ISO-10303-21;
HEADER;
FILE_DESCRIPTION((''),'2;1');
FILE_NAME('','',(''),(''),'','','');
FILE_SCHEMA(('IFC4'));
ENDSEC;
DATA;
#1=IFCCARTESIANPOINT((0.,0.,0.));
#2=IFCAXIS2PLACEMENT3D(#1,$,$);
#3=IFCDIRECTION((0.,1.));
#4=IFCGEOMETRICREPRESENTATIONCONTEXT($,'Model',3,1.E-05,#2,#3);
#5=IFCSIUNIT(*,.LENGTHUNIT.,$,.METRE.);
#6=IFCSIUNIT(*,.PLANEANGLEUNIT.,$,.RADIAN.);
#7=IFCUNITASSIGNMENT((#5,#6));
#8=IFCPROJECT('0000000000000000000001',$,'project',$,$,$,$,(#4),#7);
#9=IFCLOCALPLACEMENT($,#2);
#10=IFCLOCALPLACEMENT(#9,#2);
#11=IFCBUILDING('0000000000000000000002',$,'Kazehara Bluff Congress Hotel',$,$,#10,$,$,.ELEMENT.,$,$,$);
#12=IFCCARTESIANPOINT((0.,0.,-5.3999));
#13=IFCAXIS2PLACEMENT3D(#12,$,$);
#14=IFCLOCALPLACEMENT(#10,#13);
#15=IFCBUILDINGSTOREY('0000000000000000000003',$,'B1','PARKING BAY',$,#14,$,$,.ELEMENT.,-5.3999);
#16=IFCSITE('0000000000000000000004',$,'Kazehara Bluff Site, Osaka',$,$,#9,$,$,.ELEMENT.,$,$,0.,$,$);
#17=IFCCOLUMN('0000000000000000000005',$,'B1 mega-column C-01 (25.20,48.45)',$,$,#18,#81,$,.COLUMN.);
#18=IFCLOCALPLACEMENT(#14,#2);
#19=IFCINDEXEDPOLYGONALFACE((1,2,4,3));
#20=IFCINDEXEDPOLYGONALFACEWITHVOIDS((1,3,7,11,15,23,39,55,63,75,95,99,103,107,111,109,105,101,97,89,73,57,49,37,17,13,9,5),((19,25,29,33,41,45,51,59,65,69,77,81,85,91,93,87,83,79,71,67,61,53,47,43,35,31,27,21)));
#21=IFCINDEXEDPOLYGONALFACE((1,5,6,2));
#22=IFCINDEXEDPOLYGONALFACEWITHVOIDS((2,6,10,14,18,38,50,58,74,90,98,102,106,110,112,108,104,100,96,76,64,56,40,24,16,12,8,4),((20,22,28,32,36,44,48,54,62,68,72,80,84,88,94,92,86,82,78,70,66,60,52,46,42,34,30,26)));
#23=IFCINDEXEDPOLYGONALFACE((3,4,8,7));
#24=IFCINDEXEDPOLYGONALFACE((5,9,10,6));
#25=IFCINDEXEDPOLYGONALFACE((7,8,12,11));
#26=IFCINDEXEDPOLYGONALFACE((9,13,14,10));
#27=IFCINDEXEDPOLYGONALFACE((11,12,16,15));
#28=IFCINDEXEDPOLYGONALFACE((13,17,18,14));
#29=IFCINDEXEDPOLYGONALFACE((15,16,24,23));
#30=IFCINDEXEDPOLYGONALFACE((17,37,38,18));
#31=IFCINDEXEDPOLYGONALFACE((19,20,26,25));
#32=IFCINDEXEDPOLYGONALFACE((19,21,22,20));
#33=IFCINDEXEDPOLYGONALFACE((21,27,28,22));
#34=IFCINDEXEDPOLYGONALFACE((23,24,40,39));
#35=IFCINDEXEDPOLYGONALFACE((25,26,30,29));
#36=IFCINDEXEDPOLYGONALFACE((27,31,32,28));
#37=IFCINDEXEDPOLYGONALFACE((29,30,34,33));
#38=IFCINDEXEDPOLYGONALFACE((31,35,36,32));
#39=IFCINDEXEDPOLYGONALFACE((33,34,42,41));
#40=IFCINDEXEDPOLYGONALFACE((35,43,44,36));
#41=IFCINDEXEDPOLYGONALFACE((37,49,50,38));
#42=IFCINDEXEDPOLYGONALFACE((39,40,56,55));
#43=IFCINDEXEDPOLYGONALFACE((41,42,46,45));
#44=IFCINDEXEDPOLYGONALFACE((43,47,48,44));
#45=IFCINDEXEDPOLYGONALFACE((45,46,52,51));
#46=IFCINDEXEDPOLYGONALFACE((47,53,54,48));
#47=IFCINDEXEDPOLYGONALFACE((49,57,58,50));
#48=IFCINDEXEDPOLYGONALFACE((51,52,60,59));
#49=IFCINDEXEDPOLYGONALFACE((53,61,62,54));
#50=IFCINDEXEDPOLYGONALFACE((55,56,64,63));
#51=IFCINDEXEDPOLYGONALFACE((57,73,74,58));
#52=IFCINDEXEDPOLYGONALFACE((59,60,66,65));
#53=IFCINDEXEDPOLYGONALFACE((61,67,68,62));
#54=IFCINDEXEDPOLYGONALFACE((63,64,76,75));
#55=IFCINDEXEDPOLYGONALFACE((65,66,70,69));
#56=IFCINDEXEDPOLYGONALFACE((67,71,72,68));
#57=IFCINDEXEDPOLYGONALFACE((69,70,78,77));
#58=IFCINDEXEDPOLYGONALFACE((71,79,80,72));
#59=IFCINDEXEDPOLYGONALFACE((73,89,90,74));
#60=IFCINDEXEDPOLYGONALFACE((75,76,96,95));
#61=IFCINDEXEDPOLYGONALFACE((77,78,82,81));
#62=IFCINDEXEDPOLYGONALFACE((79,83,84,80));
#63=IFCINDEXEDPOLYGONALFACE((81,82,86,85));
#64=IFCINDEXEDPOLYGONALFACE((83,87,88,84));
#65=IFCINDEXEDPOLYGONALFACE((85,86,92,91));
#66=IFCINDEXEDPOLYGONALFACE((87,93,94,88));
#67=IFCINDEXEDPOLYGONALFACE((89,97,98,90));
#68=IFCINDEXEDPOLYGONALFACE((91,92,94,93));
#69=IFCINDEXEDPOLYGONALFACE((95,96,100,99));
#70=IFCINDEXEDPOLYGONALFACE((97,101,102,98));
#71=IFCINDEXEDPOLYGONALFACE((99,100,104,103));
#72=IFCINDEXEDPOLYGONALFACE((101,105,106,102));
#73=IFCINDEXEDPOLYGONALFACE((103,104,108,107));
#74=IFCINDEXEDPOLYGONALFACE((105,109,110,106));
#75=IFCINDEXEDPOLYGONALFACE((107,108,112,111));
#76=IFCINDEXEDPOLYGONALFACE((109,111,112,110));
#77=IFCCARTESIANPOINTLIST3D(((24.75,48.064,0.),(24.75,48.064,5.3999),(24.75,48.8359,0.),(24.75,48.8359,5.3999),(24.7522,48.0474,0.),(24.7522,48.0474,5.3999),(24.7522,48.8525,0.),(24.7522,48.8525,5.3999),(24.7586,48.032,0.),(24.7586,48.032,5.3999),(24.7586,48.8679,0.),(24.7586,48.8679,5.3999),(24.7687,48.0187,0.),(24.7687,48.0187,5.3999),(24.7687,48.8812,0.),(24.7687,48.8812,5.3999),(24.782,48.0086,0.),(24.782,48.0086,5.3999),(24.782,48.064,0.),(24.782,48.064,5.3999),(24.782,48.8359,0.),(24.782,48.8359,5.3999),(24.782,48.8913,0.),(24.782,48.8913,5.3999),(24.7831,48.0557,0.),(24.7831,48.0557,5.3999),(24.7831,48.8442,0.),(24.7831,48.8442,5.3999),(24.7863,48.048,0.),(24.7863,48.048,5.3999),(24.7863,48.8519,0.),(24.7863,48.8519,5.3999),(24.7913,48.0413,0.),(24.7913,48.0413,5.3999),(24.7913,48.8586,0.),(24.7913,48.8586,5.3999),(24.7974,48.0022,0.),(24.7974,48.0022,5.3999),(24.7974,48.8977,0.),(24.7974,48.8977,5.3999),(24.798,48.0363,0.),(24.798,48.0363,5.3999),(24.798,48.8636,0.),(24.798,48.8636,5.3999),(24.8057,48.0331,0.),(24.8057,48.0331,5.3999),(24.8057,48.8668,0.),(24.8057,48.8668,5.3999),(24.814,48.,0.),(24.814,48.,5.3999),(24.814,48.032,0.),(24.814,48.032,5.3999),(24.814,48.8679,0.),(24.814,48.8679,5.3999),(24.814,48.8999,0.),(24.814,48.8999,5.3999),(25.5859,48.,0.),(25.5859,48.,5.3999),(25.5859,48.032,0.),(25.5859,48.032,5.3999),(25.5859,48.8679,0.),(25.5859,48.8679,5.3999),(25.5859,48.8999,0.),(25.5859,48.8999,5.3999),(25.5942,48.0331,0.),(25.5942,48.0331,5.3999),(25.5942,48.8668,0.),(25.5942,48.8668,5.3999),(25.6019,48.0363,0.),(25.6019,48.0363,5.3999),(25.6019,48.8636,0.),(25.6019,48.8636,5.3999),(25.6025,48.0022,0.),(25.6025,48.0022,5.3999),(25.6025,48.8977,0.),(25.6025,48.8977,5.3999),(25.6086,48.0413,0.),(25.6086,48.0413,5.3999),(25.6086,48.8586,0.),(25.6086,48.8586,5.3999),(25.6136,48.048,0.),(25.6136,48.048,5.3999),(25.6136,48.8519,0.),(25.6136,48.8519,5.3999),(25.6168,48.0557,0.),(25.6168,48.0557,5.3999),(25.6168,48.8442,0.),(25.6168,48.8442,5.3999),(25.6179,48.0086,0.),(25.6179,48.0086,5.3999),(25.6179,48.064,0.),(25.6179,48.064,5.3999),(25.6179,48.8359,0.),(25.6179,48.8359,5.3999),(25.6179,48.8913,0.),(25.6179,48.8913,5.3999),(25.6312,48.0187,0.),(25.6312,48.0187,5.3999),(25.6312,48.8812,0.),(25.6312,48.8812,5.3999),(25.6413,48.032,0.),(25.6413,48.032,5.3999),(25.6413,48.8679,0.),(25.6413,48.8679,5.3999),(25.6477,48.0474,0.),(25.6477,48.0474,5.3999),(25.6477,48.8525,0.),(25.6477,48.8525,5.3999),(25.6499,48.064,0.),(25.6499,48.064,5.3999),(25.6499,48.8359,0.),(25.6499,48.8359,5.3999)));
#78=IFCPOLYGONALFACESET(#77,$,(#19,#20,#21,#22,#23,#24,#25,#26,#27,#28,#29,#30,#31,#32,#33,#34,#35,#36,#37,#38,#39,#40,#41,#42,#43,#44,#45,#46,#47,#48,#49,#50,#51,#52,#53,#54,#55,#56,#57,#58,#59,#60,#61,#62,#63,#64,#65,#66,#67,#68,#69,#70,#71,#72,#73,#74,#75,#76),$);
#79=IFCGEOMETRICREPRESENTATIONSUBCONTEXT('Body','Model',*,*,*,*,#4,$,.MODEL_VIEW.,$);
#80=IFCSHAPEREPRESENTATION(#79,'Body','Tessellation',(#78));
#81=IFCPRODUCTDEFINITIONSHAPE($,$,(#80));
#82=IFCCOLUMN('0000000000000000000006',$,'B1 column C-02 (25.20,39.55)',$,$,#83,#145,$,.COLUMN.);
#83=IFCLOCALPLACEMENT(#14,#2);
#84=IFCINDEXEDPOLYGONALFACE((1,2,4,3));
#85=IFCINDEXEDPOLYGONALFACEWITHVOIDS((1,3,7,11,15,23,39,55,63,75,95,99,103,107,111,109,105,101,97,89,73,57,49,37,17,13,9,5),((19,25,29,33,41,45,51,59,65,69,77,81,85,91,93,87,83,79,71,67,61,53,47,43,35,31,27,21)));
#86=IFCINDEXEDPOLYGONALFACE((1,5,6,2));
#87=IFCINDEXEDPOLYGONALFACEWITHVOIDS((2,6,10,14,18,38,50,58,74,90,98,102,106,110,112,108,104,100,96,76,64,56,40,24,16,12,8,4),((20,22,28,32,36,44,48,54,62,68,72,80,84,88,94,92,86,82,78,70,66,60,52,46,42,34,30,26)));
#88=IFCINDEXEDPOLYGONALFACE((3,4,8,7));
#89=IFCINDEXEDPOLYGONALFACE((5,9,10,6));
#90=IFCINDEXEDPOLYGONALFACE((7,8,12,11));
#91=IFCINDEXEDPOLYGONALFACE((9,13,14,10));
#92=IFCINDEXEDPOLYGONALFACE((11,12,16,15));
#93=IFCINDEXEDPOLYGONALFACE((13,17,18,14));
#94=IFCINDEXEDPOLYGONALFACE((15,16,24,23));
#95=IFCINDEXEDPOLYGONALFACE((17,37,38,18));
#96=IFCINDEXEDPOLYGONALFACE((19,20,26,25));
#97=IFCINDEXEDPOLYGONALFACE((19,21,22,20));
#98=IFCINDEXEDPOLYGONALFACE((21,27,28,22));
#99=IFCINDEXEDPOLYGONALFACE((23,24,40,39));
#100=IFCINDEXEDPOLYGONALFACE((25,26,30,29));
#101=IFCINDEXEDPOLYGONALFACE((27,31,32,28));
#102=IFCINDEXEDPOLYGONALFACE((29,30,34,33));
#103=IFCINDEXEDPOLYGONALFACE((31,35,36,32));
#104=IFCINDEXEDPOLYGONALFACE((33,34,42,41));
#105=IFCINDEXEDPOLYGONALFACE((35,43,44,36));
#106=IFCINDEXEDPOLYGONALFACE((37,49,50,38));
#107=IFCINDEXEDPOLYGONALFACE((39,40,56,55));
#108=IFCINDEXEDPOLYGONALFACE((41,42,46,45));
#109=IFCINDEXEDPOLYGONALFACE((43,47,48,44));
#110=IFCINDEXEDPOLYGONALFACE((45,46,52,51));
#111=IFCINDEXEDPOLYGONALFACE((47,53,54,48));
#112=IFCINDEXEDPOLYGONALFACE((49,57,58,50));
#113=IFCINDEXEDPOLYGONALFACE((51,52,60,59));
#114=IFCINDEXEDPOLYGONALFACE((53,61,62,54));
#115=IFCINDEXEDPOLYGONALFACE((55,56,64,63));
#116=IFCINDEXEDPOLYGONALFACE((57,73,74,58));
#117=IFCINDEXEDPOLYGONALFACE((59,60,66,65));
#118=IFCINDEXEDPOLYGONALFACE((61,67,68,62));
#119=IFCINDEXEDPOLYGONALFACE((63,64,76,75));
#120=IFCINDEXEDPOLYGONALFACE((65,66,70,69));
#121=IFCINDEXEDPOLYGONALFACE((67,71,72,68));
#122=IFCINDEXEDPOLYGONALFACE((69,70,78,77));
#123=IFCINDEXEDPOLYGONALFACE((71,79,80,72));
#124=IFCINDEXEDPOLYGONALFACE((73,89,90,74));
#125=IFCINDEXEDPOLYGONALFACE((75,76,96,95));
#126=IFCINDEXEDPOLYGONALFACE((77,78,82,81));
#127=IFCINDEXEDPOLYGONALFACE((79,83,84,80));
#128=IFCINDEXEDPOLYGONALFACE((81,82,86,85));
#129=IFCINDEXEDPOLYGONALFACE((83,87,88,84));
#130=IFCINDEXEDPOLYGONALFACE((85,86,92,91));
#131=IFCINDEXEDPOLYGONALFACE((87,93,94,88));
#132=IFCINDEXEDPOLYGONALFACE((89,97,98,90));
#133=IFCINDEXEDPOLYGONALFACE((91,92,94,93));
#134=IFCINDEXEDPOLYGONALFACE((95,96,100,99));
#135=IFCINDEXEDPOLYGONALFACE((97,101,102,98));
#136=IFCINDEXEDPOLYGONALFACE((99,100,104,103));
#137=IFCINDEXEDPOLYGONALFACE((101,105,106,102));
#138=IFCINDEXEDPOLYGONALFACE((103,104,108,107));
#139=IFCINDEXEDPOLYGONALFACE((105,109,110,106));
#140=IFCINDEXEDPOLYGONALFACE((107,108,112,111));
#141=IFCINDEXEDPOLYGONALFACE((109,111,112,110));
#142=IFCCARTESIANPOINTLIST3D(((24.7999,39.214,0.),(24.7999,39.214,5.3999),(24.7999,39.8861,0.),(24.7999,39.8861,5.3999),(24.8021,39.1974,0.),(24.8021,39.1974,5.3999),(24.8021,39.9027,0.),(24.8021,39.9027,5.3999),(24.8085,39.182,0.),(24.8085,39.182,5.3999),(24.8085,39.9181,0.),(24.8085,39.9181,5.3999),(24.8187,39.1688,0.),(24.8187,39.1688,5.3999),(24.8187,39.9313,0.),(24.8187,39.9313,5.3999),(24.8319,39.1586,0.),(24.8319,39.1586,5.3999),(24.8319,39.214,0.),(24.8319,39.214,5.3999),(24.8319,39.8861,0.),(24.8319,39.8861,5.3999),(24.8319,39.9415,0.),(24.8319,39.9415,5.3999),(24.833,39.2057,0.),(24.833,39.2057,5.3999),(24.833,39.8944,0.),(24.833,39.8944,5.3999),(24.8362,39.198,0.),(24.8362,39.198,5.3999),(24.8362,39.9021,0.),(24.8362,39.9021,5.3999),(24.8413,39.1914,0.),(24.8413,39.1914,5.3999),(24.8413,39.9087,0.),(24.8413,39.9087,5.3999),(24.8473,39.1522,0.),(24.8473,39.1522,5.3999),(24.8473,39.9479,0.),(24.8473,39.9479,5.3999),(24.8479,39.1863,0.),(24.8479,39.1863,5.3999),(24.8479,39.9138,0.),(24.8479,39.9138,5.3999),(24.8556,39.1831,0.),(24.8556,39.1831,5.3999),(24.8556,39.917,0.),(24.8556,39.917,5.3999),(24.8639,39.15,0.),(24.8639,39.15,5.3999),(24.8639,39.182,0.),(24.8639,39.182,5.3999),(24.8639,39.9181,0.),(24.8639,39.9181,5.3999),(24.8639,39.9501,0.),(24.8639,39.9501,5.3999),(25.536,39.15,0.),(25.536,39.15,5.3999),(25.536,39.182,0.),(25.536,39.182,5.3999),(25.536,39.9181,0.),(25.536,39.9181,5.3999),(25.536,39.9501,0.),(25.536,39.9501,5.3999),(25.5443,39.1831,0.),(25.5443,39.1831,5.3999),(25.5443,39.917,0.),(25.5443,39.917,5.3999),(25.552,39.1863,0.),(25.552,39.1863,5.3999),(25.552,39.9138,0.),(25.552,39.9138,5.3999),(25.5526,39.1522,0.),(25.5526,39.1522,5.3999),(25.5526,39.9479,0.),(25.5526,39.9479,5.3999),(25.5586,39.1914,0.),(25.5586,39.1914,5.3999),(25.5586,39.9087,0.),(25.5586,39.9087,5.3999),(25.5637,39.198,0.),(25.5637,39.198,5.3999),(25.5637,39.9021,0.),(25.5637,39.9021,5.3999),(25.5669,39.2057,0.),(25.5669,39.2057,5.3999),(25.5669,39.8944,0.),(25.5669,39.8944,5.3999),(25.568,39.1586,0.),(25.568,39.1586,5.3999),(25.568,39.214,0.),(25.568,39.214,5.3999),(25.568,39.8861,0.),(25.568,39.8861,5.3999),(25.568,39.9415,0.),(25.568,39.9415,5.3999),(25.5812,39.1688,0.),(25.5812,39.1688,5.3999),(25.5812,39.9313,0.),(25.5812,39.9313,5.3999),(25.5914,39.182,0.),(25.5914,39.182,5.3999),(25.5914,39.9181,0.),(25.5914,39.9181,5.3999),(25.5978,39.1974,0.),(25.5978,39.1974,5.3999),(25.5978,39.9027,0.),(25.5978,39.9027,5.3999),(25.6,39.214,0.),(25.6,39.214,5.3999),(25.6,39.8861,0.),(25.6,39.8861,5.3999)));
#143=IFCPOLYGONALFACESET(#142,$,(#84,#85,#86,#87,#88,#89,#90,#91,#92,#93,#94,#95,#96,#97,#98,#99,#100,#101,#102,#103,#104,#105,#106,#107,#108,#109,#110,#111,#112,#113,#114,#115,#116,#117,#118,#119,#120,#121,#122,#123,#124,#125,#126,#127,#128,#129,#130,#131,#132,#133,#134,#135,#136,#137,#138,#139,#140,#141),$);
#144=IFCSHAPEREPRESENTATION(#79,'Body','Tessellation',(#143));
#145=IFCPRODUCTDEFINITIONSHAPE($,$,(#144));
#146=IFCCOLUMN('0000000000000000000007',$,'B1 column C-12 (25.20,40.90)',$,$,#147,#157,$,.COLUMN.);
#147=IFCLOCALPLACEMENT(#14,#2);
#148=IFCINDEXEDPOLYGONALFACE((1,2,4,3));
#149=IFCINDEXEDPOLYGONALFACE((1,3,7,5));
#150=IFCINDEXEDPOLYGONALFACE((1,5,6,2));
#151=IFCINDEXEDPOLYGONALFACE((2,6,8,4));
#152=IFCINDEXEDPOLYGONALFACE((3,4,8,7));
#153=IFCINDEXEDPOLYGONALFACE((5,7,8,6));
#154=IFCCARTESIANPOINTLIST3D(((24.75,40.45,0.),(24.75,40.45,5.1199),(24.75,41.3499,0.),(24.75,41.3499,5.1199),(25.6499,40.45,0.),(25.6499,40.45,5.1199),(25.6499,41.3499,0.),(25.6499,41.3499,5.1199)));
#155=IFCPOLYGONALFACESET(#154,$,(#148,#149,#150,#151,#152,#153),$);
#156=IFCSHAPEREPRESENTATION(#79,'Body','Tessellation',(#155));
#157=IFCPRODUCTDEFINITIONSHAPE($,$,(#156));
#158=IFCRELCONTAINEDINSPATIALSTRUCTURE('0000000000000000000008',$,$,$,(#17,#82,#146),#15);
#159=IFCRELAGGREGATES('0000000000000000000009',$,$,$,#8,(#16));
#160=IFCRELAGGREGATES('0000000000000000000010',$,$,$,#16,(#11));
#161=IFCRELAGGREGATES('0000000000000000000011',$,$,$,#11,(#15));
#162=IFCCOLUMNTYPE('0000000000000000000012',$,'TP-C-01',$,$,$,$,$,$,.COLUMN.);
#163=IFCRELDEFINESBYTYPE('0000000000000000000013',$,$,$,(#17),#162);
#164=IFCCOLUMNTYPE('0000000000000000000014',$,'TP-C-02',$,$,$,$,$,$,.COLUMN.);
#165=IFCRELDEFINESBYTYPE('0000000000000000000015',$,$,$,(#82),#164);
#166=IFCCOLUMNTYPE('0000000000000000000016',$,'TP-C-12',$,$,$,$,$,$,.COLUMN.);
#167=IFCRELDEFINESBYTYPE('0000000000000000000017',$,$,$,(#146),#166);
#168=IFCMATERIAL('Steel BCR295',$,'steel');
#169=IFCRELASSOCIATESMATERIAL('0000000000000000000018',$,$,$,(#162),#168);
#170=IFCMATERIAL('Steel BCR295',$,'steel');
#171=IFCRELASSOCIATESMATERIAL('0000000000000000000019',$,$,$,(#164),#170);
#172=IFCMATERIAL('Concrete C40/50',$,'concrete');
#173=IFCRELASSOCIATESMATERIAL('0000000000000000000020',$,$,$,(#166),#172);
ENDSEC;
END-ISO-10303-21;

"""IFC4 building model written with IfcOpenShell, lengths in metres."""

from ifc_helpers import new_model, si_unit, direction, frame, origin, origin_2d, place, context, subcontext, project, spatial, rectangle, hollow_rectangle, extrude, material, material_profile, profile_set, type_object, element, save


model = new_model("IFC4")

# Units and contexts
model_context = context("Model", 3, precision=1e-05, world=origin(), true_north=direction((0.0, 1.0)))
body_context = subcontext(model_context, "Body", "Model", "MODEL_VIEW")
ifc_project = project(units=[si_unit("LENGTHUNIT", "METRE"), si_unit("PLANEANGLEUNIT", "RADIAN")], contexts=[model_context])

# Site, building, storey
site_placement = place(None, origin())
site = spatial("IfcSite", under=ifc_project, at=site_placement, Name="Kazehara Bluff Site, Osaka", CompositionType="ELEMENT", RefElevation=0.0)
building_placement = place(site_placement, origin())
building = spatial("IfcBuilding", under=site, at=building_placement, Name="Kazehara Bluff Congress Hotel", CompositionType="ELEMENT")
storey_placement = place(building_placement, frame((0.0, 0.0, -5.3999)))
storey = spatial("IfcBuildingStorey", under=building, at=storey_placement, Name="B1", Description="PARKING BAY", CompositionType="ELEMENT", Elevation=-5.3999)

# Columns
ifc_material_1 = material(Name="Steel BCR295", Category="steel")
ifc_material_profile_1 = material_profile(ifc_material_1, hollow_rectangle(XDim=0.8999, YDim=0.8999, WallThickness=0.032, InnerFilletRadius=0.032, OuterFilletRadius=0.064, at=origin_2d()))
ifc_profile_set_1 = profile_set([ifc_material_profile_1], Name="Steel BCR295")
column_type_1 = type_object("IfcColumnType", Name="TP-C-01", PredefinedType="COLUMN", material=ifc_profile_set_1)
column_1_placement = place(storey_placement, frame((25.2, 48.45, 0.0), z_axis=(0.0, 0.0, 1.0), x_axis=(1.0, 0.0, 0.0)))
element("IfcColumn", 1, at=column_1_placement, inside=storey, type_object=column_type_1, Name="B1 mega-column C-01 (25.20,48.45)", PredefinedType="COLUMN", context=body_context, shape_type="SweptSolid", body=[
    extrude(hollow_rectangle(XDim=0.8999, YDim=0.8999, WallThickness=0.032, InnerFilletRadius=0.032, OuterFilletRadius=0.064, at=origin_2d()), origin(), (0.0, 0.0, 1.0), 5.3999),
])
ifc_material_2 = material(Name="Steel BCR295", Category="steel")
ifc_material_profile_2 = material_profile(ifc_material_2, hollow_rectangle(XDim=0.8, YDim=0.8, WallThickness=0.032, InnerFilletRadius=0.032, OuterFilletRadius=0.064, at=origin_2d()))
ifc_profile_set_2 = profile_set([ifc_material_profile_2], Name="Steel BCR295")
column_type_2 = type_object("IfcColumnType", Name="TP-C-02", PredefinedType="COLUMN", material=ifc_profile_set_2)
column_2_placement = place(storey_placement, frame((25.2, 39.55, 0.0), z_axis=(0.0, 0.0, 1.0), x_axis=(1.0, 0.0, 0.0)))
element("IfcColumn", 2, at=column_2_placement, inside=storey, type_object=column_type_2, Name="B1 column C-02 (25.20,39.55)", PredefinedType="COLUMN", context=body_context, shape_type="SweptSolid", body=[
    extrude(hollow_rectangle(XDim=0.8, YDim=0.8, WallThickness=0.032, InnerFilletRadius=0.032, OuterFilletRadius=0.064, at=origin_2d()), origin(), (0.0, 0.0, 1.0), 5.3999),
])
ifc_material_3 = material(Name="Concrete C40/50", Category="concrete")
ifc_material_profile_3 = material_profile(ifc_material_3, rectangle(XDim=0.8999, YDim=0.8999, at=origin_2d()))
ifc_profile_set_3 = profile_set([ifc_material_profile_3], Name="Concrete C40/50")
column_type_3 = type_object("IfcColumnType", Name="TP-C-12", PredefinedType="COLUMN", material=ifc_profile_set_3)
column_3_placement = place(storey_placement, frame((25.2, 40.8999, 0.0), z_axis=(0.0, 0.0, 1.0), x_axis=(1.0, 0.0, 0.0)))
element("IfcColumn", 3, at=column_3_placement, inside=storey, type_object=column_type_3, Name="B1 column C-12 (25.20,40.90)", PredefinedType="COLUMN", context=body_context, shape_type="SweptSolid", body=[
    extrude(rectangle(XDim=0.8999, YDim=0.8999, at=origin_2d()), origin(), (0.0, 0.0, 1.0), 5.1199),
])

save(model, "model.ifc")
